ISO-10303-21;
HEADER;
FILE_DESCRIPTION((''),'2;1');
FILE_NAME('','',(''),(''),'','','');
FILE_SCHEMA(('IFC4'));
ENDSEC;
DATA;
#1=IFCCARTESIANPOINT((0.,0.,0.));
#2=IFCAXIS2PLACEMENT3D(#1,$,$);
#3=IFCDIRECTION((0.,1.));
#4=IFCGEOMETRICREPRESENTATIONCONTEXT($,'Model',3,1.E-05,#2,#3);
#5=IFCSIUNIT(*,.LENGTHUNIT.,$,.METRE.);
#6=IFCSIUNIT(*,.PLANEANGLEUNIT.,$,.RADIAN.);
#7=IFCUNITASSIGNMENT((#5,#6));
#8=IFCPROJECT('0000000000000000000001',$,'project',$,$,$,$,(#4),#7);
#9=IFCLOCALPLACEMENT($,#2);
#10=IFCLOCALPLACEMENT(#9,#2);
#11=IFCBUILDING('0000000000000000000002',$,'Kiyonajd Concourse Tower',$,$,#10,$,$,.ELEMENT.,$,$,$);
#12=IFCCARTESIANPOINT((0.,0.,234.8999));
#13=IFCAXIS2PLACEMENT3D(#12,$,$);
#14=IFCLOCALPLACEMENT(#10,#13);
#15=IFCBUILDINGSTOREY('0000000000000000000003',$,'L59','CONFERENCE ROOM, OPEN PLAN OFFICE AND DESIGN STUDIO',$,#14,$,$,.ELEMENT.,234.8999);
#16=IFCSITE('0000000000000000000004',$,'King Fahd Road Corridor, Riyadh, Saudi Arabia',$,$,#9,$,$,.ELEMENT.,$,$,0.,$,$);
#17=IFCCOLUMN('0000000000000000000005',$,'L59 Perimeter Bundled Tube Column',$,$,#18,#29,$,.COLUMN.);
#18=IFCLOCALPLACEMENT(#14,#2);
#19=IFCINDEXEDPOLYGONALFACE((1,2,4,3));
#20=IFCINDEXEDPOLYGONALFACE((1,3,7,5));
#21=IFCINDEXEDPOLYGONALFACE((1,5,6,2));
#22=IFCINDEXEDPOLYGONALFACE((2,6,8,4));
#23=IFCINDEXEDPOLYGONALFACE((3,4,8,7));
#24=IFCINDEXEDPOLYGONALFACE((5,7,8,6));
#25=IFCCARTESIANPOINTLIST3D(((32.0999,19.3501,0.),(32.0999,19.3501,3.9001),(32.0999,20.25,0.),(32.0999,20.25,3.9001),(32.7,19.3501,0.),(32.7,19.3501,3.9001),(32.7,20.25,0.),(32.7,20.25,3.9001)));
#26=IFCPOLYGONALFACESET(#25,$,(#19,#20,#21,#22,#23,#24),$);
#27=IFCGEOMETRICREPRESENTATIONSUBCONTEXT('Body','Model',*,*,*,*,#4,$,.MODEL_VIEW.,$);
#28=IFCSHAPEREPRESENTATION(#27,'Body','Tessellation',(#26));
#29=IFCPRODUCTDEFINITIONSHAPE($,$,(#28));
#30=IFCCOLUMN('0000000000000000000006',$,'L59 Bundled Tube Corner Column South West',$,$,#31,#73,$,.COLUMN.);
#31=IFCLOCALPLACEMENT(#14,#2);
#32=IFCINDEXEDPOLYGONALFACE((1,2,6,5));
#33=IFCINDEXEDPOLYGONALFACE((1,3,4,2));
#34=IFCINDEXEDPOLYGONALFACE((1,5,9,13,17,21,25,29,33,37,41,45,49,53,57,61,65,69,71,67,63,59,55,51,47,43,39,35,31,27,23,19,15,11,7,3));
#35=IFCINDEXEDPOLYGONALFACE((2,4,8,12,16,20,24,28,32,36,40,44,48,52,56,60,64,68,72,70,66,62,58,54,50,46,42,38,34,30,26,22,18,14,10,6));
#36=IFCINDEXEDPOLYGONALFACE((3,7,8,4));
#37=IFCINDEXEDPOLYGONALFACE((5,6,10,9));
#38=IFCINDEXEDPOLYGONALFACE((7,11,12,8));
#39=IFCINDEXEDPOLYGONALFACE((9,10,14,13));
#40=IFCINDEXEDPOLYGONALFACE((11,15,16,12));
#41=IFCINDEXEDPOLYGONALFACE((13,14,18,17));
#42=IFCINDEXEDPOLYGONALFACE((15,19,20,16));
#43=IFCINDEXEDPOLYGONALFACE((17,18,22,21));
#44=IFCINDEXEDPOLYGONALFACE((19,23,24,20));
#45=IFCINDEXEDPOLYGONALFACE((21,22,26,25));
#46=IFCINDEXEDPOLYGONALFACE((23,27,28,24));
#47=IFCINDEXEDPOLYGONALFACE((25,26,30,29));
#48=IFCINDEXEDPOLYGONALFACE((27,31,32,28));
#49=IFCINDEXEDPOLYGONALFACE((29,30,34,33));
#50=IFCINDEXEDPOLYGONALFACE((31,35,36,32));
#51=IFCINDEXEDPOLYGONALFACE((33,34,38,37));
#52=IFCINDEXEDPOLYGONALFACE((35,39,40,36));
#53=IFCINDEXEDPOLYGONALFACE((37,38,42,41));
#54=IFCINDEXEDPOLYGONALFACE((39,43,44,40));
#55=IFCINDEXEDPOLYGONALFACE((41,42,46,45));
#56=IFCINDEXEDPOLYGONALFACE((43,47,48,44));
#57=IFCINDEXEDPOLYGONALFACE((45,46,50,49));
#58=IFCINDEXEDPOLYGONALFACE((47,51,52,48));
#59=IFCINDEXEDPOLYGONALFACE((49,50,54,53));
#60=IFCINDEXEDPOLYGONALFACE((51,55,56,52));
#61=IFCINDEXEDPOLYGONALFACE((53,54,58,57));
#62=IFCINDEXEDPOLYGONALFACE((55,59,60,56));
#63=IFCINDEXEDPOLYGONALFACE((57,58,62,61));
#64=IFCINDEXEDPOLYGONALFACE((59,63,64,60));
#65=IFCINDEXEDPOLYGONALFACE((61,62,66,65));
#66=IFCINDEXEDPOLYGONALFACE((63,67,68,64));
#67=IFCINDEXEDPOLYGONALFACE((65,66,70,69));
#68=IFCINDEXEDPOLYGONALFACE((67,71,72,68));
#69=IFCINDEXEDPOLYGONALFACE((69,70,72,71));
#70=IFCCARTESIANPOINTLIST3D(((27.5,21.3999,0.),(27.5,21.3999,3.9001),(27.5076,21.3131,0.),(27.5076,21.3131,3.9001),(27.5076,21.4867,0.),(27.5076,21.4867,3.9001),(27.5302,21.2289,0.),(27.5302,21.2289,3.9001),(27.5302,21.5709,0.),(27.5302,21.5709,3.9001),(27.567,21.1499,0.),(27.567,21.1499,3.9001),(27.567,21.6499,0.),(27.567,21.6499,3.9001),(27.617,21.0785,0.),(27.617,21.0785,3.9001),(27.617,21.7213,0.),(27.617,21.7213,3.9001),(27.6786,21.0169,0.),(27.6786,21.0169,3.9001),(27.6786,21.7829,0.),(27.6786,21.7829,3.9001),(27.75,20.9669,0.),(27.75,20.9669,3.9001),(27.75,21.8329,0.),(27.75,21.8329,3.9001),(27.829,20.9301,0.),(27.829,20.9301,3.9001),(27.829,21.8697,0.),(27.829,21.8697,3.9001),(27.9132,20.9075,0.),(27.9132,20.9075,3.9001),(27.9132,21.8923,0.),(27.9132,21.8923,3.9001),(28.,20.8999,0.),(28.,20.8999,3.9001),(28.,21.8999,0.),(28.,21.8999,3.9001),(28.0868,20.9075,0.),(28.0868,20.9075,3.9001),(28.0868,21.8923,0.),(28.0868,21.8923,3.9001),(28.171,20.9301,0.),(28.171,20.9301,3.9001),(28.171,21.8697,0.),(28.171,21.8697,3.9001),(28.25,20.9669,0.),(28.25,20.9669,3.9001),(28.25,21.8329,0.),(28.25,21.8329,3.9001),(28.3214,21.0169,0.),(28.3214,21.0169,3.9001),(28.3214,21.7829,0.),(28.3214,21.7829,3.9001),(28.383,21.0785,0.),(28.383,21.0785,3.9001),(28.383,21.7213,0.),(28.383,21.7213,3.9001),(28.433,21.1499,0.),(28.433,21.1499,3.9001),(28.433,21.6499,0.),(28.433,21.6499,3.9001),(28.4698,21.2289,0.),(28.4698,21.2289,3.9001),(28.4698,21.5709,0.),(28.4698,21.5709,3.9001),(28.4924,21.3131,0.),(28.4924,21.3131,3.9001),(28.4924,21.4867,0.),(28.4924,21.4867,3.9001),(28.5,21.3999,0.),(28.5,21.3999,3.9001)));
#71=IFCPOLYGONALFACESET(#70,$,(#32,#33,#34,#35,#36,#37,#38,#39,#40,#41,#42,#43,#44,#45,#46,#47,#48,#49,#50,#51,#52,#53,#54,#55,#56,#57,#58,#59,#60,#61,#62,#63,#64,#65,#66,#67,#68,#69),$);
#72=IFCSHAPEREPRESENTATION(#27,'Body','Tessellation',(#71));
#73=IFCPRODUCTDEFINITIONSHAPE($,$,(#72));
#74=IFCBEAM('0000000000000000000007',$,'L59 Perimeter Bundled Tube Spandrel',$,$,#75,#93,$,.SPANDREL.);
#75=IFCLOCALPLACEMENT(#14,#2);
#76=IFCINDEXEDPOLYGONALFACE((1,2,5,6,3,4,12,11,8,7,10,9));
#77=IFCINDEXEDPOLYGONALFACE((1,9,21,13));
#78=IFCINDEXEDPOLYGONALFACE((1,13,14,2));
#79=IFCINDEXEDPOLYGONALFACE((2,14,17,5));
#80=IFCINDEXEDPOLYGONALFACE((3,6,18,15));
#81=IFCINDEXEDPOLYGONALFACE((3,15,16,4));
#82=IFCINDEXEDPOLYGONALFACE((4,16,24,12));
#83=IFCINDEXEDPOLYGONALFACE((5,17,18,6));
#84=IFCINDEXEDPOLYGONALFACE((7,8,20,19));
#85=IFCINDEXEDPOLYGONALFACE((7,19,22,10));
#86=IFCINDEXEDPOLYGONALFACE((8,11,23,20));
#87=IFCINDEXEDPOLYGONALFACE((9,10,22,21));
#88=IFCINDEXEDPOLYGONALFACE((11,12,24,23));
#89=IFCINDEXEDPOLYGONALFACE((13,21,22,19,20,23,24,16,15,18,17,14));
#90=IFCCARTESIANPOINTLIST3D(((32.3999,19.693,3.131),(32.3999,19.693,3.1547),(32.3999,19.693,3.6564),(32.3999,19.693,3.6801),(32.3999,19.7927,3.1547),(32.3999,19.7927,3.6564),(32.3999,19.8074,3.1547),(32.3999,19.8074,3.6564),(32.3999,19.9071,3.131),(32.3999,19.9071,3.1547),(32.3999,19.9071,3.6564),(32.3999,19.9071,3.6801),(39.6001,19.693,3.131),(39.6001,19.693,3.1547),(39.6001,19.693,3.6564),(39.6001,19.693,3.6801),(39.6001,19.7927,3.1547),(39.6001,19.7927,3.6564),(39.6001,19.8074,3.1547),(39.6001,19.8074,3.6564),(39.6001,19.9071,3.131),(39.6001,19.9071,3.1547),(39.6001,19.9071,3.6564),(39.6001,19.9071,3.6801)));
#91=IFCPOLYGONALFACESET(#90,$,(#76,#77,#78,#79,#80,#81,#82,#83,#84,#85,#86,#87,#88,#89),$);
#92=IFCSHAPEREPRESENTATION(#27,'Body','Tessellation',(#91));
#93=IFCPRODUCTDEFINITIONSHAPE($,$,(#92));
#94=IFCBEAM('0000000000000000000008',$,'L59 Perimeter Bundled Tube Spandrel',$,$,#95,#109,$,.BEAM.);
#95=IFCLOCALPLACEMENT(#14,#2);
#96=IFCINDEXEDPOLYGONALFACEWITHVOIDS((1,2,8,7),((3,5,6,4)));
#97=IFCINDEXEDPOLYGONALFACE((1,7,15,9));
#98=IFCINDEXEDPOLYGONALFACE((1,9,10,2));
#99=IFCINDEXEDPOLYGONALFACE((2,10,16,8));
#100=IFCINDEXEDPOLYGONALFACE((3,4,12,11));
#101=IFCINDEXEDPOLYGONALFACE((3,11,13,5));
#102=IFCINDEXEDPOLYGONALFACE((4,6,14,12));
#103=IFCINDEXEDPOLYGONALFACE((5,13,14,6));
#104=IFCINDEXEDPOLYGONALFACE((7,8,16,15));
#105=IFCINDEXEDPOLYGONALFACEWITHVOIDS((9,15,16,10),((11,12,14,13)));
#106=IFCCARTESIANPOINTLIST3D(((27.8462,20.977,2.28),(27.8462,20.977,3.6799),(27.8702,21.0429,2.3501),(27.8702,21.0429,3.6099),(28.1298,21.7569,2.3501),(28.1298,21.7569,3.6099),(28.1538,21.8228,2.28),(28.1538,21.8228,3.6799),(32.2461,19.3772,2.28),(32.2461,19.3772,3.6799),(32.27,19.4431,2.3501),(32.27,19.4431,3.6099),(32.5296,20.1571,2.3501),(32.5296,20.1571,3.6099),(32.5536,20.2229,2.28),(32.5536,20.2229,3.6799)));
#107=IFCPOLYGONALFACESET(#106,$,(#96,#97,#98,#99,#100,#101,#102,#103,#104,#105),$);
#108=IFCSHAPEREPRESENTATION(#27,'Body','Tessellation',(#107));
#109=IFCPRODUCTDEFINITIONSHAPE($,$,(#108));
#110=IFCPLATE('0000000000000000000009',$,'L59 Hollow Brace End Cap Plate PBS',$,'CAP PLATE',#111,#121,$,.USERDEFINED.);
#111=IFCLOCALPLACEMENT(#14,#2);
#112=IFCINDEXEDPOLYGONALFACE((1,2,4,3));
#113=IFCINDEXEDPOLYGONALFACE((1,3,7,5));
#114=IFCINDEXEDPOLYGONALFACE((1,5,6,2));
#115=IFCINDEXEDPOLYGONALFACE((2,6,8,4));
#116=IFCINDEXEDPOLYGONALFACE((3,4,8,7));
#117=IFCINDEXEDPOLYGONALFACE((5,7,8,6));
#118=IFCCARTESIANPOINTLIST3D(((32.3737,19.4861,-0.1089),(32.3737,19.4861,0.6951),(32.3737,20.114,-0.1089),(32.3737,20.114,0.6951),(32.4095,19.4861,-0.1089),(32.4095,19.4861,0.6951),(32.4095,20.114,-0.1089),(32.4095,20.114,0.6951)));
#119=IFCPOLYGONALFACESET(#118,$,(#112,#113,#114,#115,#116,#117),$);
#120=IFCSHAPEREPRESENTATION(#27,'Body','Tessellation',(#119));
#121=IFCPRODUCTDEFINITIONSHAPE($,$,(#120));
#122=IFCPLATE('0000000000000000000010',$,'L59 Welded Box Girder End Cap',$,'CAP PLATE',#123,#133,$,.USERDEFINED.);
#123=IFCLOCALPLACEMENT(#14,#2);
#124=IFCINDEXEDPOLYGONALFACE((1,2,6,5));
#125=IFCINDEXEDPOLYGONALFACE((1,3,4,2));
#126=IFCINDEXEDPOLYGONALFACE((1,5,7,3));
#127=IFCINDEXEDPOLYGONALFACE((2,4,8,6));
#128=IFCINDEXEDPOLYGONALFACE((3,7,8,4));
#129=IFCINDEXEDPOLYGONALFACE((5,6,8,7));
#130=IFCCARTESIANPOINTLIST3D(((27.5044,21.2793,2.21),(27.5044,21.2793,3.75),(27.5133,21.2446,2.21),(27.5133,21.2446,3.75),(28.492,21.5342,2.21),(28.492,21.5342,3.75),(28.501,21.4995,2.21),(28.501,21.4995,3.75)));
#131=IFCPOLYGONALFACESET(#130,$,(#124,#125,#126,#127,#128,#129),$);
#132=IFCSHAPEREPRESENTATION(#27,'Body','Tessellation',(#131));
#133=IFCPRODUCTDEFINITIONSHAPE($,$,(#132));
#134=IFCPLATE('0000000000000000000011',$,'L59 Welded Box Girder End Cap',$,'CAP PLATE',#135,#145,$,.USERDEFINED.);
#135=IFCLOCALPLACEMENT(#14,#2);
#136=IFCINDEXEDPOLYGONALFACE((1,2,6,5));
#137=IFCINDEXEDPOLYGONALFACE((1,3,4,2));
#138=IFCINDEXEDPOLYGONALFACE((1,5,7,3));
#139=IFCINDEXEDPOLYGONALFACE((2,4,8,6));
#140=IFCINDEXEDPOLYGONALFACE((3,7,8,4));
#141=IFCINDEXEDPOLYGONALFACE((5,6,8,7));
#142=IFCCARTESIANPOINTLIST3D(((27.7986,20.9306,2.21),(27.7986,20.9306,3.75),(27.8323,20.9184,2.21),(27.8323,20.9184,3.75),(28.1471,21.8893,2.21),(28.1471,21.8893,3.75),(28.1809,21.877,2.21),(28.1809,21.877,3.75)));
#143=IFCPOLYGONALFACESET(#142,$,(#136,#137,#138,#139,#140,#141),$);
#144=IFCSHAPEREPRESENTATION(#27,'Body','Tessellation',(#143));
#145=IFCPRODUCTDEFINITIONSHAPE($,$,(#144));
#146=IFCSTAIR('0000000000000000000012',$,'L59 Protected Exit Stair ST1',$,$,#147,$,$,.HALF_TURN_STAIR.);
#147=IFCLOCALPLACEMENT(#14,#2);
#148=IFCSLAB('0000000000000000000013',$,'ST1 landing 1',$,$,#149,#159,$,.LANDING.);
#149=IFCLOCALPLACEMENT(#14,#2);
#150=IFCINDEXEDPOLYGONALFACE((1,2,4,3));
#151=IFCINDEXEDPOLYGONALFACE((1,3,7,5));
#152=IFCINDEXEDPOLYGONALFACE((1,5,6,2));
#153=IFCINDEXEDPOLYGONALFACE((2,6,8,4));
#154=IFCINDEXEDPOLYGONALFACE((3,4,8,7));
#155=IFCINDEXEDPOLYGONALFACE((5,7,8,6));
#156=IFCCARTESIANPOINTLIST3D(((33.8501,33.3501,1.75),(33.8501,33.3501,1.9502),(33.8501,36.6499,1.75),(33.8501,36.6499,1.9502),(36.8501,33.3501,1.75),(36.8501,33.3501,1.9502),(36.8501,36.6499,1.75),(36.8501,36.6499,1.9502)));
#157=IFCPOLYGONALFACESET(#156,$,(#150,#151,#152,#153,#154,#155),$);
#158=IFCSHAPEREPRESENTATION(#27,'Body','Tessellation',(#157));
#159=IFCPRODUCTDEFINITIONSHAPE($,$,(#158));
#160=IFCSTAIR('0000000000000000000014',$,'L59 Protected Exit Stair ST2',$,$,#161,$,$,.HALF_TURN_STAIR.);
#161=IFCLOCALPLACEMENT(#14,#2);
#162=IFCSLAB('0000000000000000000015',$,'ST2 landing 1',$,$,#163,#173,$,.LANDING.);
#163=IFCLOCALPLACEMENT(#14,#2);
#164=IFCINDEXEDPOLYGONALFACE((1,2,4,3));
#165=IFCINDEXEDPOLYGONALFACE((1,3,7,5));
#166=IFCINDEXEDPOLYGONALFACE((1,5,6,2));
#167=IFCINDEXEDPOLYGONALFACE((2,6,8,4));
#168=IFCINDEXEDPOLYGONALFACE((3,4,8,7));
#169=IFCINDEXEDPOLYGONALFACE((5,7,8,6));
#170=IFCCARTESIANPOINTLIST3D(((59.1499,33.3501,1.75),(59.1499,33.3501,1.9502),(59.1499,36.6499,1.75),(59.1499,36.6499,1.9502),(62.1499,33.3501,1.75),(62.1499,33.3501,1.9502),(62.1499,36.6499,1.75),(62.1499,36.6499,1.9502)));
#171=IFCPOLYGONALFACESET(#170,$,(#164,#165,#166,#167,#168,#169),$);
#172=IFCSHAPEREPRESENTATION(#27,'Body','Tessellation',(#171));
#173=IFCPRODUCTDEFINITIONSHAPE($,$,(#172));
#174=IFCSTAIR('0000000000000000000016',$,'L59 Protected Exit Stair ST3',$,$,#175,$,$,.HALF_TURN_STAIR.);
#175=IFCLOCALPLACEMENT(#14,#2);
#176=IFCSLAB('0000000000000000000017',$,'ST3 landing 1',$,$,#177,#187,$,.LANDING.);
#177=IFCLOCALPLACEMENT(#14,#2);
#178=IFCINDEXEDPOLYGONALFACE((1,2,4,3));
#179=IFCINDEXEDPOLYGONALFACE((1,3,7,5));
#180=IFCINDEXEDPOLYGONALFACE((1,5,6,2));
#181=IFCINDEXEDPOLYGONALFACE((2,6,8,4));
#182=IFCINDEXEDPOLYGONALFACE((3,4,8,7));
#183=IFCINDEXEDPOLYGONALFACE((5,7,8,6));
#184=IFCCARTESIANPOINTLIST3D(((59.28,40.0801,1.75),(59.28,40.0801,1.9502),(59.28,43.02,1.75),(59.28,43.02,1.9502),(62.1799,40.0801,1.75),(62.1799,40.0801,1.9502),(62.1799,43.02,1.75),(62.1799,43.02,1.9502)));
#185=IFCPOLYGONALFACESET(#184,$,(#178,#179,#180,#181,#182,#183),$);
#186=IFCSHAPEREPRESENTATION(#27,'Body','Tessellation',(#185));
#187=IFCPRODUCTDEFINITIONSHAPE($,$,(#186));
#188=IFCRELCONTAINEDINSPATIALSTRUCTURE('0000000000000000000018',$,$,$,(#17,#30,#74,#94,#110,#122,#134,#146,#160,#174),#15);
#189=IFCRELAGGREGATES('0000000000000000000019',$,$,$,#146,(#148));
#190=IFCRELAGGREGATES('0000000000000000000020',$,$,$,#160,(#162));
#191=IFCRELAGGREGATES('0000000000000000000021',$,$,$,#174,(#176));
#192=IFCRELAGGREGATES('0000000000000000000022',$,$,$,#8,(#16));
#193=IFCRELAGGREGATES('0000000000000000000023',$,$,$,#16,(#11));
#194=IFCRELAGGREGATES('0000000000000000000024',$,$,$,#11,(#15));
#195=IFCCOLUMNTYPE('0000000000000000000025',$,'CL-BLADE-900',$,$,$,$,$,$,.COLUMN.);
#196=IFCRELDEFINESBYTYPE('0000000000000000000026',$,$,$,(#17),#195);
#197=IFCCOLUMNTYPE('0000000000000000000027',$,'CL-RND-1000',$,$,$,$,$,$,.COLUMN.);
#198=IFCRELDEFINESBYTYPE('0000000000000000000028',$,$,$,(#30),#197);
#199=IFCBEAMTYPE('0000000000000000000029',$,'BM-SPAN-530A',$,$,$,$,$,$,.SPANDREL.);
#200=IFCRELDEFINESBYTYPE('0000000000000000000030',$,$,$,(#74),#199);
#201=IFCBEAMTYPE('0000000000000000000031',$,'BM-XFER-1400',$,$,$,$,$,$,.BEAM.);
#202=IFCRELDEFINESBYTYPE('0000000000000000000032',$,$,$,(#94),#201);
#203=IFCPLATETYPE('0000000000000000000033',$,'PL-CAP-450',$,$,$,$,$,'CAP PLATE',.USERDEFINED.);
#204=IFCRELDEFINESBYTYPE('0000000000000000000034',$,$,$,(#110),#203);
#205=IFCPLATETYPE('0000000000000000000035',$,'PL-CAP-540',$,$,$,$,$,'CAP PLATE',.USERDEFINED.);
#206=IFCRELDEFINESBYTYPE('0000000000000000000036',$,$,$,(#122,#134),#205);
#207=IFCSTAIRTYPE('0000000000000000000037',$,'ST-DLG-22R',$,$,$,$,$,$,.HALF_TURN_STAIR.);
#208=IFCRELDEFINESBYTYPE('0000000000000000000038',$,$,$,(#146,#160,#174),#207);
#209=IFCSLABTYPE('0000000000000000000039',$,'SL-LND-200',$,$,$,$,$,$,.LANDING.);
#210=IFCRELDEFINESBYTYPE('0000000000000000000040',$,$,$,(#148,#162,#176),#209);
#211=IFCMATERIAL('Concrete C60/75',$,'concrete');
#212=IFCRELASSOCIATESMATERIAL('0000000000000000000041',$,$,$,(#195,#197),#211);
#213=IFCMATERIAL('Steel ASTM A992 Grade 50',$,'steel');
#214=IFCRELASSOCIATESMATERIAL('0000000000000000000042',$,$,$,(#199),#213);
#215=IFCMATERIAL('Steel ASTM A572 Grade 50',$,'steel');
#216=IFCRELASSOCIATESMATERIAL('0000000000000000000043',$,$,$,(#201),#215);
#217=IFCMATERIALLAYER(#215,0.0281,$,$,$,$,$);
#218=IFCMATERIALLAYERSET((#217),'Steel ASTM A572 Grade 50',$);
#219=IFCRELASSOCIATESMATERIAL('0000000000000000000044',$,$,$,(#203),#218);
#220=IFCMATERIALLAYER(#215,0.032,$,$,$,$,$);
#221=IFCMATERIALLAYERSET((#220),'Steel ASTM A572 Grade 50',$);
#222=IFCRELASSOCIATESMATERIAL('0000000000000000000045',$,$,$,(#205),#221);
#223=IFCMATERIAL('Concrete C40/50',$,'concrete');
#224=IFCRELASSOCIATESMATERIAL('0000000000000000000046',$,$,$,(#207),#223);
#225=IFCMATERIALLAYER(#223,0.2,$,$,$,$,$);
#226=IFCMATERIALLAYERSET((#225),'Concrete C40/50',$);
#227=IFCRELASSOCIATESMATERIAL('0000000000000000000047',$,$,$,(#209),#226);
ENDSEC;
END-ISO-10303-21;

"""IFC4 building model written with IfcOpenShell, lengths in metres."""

from ifc_helpers import new_model, si_unit, direction, frame, origin, origin_2d, place, context, subcontext, project, spatial, polyline, rectangle, hollow_rectangle, circle, i_section, outline, extrude, material, layer, layer_set, material_profile, profile_set, type_object, element, aggregate, save


model = new_model("IFC4")

# Units and contexts
model_context = context("Model", 3, precision=1e-05, world=origin(), true_north=direction((0.0, 1.0)))
body_context = subcontext(model_context, "Body", "Model", "MODEL_VIEW")
ifc_project = project(units=[si_unit("LENGTHUNIT", "METRE"), si_unit("PLANEANGLEUNIT", "RADIAN")], contexts=[model_context])

# Site, building, storey
site_placement = place(None, origin())
site = spatial("IfcSite", under=ifc_project, at=site_placement, Name="King Fahd Road Corridor, Riyadh, Saudi Arabia", CompositionType="ELEMENT", RefElevation=0.0)
building_placement = place(site_placement, origin())
building = spatial("IfcBuilding", under=site, at=building_placement, Name="Kiyonajd Concourse Tower", CompositionType="ELEMENT")
storey_placement = place(building_placement, frame((0.0, 0.0, 234.8999)))
storey = spatial("IfcBuildingStorey", under=building, at=storey_placement, Name="L59", Description="CONFERENCE ROOM, OPEN PLAN OFFICE AND DESIGN STUDIO", CompositionType="ELEMENT", Elevation=234.8999)

# Columns
ifc_material_1 = material(Name="Concrete C60/75", Category="concrete")
ifc_material_profile_1 = material_profile(ifc_material_1, rectangle(XDim=0.6001, YDim=0.8999, at=origin_2d()), Name="RC-900x600")
ifc_profile_set_1 = profile_set([ifc_material_profile_1], Name="Concrete C60/75")
column_type_1 = type_object("IfcColumnType", Name="CL-BLADE-900", PredefinedType="COLUMN", material=ifc_profile_set_1)
column_1_placement = place(storey_placement, frame((32.3999, 19.8, 0.0), z_axis=(0.0, 0.0, 1.0), x_axis=(1.0, 0.0, 0.0)))
element("IfcColumn", 1, at=column_1_placement, inside=storey, type_object=column_type_1, Name="L59 Perimeter Bundled Tube Column", PredefinedType="COLUMN", context=body_context, shape_type="SweptSolid", body=[
    extrude(rectangle(XDim=0.6001, YDim=0.8999, at=origin_2d()), origin(), (0.0, 0.0, 1.0), 3.9001),
])
ifc_material_profile_2 = material_profile(ifc_material_1, circle(Radius=0.5, at=origin_2d()), Name="RCC-D1000")
ifc_profile_set_2 = profile_set([ifc_material_profile_2], Name="Concrete C60/75")
column_type_2 = type_object("IfcColumnType", Name="CL-RND-1000", PredefinedType="COLUMN", material=ifc_profile_set_2)
column_2_placement = place(storey_placement, frame((28.0, 21.3999, 0.0), z_axis=(0.0, 0.0, 1.0), x_axis=(1.0, 0.0, 0.0)))
element("IfcColumn", 2, at=column_2_placement, inside=storey, type_object=column_type_2, Name="L59 Bundled Tube Corner Column South West", PredefinedType="COLUMN", context=body_context, shape_type="SweptSolid", body=[
    extrude(circle(Radius=0.5, at=origin_2d()), origin(), (0.0, 0.0, 1.0), 3.9001),
])

# Beams
ifc_material_2 = material(Name="Steel ASTM A992 Grade 50", Category="steel")
ifc_material_profile_3 = material_profile(ifc_material_2, i_section(OverallWidth=0.2141, OverallDepth=0.5491, WebThickness=0.0146, FlangeThickness=0.0237, at=origin_2d()), Name="W530X138")
ifc_profile_set_3 = profile_set([ifc_material_profile_3], Name="Steel ASTM A992 Grade 50")
beam_type_1 = type_object("IfcBeamType", Name="BM-SPAN-530A", PredefinedType="SPANDREL", material=ifc_profile_set_3)
beam_1_placement = place(storey_placement, frame((32.3999, 19.8, 3.4055), z_axis=(1.0, 0.0, 0.0), x_axis=(0.0, 1.0, 0.0)))
element("IfcBeam", 3, at=beam_1_placement, inside=storey, type_object=beam_type_1, Name="L59 Perimeter Bundled Tube Spandrel", PredefinedType="SPANDREL", context=body_context, shape_type="SweptSolid", body=[
    extrude(i_section(OverallWidth=0.2141, OverallDepth=0.5491, WebThickness=0.0146, FlangeThickness=0.0237, at=origin_2d()), origin(), (0.0, 0.0, 1.0), 7.2002),
])
ifc_material_3 = material(Name="Steel ASTM A572 Grade 50", Category="steel")
ifc_material_profile_4 = material_profile(ifc_material_3, hollow_rectangle(XDim=0.8999, YDim=1.3999, WallThickness=0.0701, at=origin_2d()), Name="BOX-1400x900x70")
ifc_profile_set_4 = profile_set([ifc_material_profile_4], Name="Steel ASTM A572 Grade 50")
beam_type_2 = type_object("IfcBeamType", Name="BM-XFER-1400", PredefinedType="BEAM", material=ifc_profile_set_4)
beam_2_placement = place(storey_placement, frame((28.0, 21.3999, 2.98), z_axis=(0.939801, -0.341722, 0.0), x_axis=(0.341722, 0.939801, 0.0)))
element("IfcBeam", 4, at=beam_2_placement, inside=storey, type_object=beam_type_2, Name="L59 Perimeter Bundled Tube Spandrel", PredefinedType="BEAM", context=body_context, shape_type="SweptSolid", body=[
    extrude(hollow_rectangle(XDim=0.8999, YDim=1.3999, WallThickness=0.0701, at=origin_2d()), origin(), (0.0, 0.0, 1.0), 4.6816),
])

# Plates
ifc_layer_1 = layer(ifc_material_3, 0.0281)
ifc_layer_set_1 = layer_set([ifc_layer_1], Name="Steel ASTM A572 Grade 50")
plate_type_1 = type_object("IfcPlateType", Name="PL-CAP-450", ElementType="CAP PLATE", PredefinedType="USERDEFINED", material=ifc_layer_set_1)
plate_placement = place(storey_placement, frame((32.3916, 19.8, -0.1089), z_axis=(0.0, 0.0, 1.0), x_axis=(-1.0, 0.0, 0.0)))
element("IfcPlate", 5, at=plate_placement, inside=storey, type_object=plate_type_1, Name="L59 Hollow Brace End Cap Plate PBS", ObjectType="CAP PLATE", PredefinedType="USERDEFINED", context=body_context, shape_type="SweptSolid", body=[
    extrude(rectangle(XDim=0.0359, YDim=0.6279, at=origin_2d()), origin(), (0.0, 0.0, 1.0), 0.804),
])
ifc_layer_2 = layer(ifc_material_3, 0.032)
ifc_layer_set_2 = layer_set([ifc_layer_2], Name="Steel ASTM A572 Grade 50")
plate_type_2 = type_object("IfcPlateType", Name="PL-CAP-540", ElementType="CAP PLATE", PredefinedType="USERDEFINED", material=ifc_layer_set_2)
for number, where, z_axis, x_axis, name in (
    (6, (28.0027, 21.3894, 2.21), (0.0, 0.0, 1.0), (0.249873, -0.968279, 0.0), "L59 Welded Box Girder End Cap"),
    (7, (27.9897, 21.4038, 2.21), (0.0, 0.0, 1.0), (-0.939812, 0.341692, 0.0), "L59 Welded Box Girder End Cap"),
):
    element("IfcPlate", number, at=place(storey_placement, frame(where, z_axis=z_axis, x_axis=x_axis)), inside=storey, type_object=plate_type_2, Name=name, ObjectType="CAP PLATE", PredefinedType="USERDEFINED", context=body_context, shape_type="SweptSolid", body=[
        extrude(rectangle(XDim=0.0359, YDim=1.02, at=origin_2d()), origin(), (0.0, 0.0, 1.0), 1.54),
    ])

# Stairs, slabs
ifc_material_4 = material(Name="Concrete C40/50", Category="concrete")
stair_type = type_object("IfcStairType", Name="ST-DLG-22R", PredefinedType="HALF_TURN_STAIR", material=ifc_material_4)
stair_1_placement = place(storey_placement, origin())
stair_1 = element("IfcStair", 8, at=stair_1_placement, inside=storey, type_object=stair_type, Name="L59 Protected Exit Stair ST1", PredefinedType="HALF_TURN_STAIR")
ifc_layer_3 = layer(ifc_material_4, 0.2)
ifc_layer_set_3 = layer_set([ifc_layer_3], Name="Concrete C40/50")
slab_type_1 = type_object("IfcSlabType", Name="SL-LND-200", PredefinedType="LANDING", material=ifc_layer_set_3)
slab_1_placement = place(storey_placement, frame((0.0, 0.0, 1.75)))
slab_1 = element("IfcSlab", 9, at=slab_1_placement, type_object=slab_type_1, Name="ST1 landing 1", PredefinedType="LANDING", context=body_context, shape_type="SweptSolid", body=[
    extrude(outline(polyline([(36.8501, 33.3501), (36.8501, 36.6499), (33.8501, 36.6499), (33.8501, 33.3501), (36.8501, 33.3501)])), origin(), (0.0, 0.0, 1.0), 0.2002),
])
aggregate(stair_1, [slab_1])
stair_2_placement = place(storey_placement, origin())
stair_2 = element("IfcStair", 10, at=stair_2_placement, inside=storey, type_object=stair_type, Name="L59 Protected Exit Stair ST2", PredefinedType="HALF_TURN_STAIR")
slab_2_placement = place(storey_placement, frame((0.0, 0.0, 1.75)))
slab_2 = element("IfcSlab", 11, at=slab_2_placement, type_object=slab_type_1, Name="ST2 landing 1", PredefinedType="LANDING", context=body_context, shape_type="SweptSolid", body=[
    extrude(outline(polyline([(62.1499, 33.3501), (62.1499, 36.6499), (59.1499, 36.6499), (59.1499, 33.3501), (62.1499, 33.3501)])), origin(), (0.0, 0.0, 1.0), 0.2002),
])
aggregate(stair_2, [slab_2])
stair_3_placement = place(storey_placement, origin())
stair_3 = element("IfcStair", 12, at=stair_3_placement, inside=storey, type_object=stair_type, Name="L59 Protected Exit Stair ST3", PredefinedType="HALF_TURN_STAIR")
slab_3_placement = place(storey_placement, frame((0.0, 0.0, 1.75)))
slab_3 = element("IfcSlab", 13, at=slab_3_placement, type_object=slab_type_1, Name="ST3 landing 1", PredefinedType="LANDING", context=body_context, shape_type="SweptSolid", body=[
    extrude(outline(polyline([(59.28, 40.0801), (62.1799, 40.0801), (62.1799, 43.02), (59.28, 43.02), (59.28, 40.0801)])), origin(), (0.0, 0.0, 1.0), 0.2002),
])
aggregate(stair_3, [slab_3])

save(model, "model.ifc")
